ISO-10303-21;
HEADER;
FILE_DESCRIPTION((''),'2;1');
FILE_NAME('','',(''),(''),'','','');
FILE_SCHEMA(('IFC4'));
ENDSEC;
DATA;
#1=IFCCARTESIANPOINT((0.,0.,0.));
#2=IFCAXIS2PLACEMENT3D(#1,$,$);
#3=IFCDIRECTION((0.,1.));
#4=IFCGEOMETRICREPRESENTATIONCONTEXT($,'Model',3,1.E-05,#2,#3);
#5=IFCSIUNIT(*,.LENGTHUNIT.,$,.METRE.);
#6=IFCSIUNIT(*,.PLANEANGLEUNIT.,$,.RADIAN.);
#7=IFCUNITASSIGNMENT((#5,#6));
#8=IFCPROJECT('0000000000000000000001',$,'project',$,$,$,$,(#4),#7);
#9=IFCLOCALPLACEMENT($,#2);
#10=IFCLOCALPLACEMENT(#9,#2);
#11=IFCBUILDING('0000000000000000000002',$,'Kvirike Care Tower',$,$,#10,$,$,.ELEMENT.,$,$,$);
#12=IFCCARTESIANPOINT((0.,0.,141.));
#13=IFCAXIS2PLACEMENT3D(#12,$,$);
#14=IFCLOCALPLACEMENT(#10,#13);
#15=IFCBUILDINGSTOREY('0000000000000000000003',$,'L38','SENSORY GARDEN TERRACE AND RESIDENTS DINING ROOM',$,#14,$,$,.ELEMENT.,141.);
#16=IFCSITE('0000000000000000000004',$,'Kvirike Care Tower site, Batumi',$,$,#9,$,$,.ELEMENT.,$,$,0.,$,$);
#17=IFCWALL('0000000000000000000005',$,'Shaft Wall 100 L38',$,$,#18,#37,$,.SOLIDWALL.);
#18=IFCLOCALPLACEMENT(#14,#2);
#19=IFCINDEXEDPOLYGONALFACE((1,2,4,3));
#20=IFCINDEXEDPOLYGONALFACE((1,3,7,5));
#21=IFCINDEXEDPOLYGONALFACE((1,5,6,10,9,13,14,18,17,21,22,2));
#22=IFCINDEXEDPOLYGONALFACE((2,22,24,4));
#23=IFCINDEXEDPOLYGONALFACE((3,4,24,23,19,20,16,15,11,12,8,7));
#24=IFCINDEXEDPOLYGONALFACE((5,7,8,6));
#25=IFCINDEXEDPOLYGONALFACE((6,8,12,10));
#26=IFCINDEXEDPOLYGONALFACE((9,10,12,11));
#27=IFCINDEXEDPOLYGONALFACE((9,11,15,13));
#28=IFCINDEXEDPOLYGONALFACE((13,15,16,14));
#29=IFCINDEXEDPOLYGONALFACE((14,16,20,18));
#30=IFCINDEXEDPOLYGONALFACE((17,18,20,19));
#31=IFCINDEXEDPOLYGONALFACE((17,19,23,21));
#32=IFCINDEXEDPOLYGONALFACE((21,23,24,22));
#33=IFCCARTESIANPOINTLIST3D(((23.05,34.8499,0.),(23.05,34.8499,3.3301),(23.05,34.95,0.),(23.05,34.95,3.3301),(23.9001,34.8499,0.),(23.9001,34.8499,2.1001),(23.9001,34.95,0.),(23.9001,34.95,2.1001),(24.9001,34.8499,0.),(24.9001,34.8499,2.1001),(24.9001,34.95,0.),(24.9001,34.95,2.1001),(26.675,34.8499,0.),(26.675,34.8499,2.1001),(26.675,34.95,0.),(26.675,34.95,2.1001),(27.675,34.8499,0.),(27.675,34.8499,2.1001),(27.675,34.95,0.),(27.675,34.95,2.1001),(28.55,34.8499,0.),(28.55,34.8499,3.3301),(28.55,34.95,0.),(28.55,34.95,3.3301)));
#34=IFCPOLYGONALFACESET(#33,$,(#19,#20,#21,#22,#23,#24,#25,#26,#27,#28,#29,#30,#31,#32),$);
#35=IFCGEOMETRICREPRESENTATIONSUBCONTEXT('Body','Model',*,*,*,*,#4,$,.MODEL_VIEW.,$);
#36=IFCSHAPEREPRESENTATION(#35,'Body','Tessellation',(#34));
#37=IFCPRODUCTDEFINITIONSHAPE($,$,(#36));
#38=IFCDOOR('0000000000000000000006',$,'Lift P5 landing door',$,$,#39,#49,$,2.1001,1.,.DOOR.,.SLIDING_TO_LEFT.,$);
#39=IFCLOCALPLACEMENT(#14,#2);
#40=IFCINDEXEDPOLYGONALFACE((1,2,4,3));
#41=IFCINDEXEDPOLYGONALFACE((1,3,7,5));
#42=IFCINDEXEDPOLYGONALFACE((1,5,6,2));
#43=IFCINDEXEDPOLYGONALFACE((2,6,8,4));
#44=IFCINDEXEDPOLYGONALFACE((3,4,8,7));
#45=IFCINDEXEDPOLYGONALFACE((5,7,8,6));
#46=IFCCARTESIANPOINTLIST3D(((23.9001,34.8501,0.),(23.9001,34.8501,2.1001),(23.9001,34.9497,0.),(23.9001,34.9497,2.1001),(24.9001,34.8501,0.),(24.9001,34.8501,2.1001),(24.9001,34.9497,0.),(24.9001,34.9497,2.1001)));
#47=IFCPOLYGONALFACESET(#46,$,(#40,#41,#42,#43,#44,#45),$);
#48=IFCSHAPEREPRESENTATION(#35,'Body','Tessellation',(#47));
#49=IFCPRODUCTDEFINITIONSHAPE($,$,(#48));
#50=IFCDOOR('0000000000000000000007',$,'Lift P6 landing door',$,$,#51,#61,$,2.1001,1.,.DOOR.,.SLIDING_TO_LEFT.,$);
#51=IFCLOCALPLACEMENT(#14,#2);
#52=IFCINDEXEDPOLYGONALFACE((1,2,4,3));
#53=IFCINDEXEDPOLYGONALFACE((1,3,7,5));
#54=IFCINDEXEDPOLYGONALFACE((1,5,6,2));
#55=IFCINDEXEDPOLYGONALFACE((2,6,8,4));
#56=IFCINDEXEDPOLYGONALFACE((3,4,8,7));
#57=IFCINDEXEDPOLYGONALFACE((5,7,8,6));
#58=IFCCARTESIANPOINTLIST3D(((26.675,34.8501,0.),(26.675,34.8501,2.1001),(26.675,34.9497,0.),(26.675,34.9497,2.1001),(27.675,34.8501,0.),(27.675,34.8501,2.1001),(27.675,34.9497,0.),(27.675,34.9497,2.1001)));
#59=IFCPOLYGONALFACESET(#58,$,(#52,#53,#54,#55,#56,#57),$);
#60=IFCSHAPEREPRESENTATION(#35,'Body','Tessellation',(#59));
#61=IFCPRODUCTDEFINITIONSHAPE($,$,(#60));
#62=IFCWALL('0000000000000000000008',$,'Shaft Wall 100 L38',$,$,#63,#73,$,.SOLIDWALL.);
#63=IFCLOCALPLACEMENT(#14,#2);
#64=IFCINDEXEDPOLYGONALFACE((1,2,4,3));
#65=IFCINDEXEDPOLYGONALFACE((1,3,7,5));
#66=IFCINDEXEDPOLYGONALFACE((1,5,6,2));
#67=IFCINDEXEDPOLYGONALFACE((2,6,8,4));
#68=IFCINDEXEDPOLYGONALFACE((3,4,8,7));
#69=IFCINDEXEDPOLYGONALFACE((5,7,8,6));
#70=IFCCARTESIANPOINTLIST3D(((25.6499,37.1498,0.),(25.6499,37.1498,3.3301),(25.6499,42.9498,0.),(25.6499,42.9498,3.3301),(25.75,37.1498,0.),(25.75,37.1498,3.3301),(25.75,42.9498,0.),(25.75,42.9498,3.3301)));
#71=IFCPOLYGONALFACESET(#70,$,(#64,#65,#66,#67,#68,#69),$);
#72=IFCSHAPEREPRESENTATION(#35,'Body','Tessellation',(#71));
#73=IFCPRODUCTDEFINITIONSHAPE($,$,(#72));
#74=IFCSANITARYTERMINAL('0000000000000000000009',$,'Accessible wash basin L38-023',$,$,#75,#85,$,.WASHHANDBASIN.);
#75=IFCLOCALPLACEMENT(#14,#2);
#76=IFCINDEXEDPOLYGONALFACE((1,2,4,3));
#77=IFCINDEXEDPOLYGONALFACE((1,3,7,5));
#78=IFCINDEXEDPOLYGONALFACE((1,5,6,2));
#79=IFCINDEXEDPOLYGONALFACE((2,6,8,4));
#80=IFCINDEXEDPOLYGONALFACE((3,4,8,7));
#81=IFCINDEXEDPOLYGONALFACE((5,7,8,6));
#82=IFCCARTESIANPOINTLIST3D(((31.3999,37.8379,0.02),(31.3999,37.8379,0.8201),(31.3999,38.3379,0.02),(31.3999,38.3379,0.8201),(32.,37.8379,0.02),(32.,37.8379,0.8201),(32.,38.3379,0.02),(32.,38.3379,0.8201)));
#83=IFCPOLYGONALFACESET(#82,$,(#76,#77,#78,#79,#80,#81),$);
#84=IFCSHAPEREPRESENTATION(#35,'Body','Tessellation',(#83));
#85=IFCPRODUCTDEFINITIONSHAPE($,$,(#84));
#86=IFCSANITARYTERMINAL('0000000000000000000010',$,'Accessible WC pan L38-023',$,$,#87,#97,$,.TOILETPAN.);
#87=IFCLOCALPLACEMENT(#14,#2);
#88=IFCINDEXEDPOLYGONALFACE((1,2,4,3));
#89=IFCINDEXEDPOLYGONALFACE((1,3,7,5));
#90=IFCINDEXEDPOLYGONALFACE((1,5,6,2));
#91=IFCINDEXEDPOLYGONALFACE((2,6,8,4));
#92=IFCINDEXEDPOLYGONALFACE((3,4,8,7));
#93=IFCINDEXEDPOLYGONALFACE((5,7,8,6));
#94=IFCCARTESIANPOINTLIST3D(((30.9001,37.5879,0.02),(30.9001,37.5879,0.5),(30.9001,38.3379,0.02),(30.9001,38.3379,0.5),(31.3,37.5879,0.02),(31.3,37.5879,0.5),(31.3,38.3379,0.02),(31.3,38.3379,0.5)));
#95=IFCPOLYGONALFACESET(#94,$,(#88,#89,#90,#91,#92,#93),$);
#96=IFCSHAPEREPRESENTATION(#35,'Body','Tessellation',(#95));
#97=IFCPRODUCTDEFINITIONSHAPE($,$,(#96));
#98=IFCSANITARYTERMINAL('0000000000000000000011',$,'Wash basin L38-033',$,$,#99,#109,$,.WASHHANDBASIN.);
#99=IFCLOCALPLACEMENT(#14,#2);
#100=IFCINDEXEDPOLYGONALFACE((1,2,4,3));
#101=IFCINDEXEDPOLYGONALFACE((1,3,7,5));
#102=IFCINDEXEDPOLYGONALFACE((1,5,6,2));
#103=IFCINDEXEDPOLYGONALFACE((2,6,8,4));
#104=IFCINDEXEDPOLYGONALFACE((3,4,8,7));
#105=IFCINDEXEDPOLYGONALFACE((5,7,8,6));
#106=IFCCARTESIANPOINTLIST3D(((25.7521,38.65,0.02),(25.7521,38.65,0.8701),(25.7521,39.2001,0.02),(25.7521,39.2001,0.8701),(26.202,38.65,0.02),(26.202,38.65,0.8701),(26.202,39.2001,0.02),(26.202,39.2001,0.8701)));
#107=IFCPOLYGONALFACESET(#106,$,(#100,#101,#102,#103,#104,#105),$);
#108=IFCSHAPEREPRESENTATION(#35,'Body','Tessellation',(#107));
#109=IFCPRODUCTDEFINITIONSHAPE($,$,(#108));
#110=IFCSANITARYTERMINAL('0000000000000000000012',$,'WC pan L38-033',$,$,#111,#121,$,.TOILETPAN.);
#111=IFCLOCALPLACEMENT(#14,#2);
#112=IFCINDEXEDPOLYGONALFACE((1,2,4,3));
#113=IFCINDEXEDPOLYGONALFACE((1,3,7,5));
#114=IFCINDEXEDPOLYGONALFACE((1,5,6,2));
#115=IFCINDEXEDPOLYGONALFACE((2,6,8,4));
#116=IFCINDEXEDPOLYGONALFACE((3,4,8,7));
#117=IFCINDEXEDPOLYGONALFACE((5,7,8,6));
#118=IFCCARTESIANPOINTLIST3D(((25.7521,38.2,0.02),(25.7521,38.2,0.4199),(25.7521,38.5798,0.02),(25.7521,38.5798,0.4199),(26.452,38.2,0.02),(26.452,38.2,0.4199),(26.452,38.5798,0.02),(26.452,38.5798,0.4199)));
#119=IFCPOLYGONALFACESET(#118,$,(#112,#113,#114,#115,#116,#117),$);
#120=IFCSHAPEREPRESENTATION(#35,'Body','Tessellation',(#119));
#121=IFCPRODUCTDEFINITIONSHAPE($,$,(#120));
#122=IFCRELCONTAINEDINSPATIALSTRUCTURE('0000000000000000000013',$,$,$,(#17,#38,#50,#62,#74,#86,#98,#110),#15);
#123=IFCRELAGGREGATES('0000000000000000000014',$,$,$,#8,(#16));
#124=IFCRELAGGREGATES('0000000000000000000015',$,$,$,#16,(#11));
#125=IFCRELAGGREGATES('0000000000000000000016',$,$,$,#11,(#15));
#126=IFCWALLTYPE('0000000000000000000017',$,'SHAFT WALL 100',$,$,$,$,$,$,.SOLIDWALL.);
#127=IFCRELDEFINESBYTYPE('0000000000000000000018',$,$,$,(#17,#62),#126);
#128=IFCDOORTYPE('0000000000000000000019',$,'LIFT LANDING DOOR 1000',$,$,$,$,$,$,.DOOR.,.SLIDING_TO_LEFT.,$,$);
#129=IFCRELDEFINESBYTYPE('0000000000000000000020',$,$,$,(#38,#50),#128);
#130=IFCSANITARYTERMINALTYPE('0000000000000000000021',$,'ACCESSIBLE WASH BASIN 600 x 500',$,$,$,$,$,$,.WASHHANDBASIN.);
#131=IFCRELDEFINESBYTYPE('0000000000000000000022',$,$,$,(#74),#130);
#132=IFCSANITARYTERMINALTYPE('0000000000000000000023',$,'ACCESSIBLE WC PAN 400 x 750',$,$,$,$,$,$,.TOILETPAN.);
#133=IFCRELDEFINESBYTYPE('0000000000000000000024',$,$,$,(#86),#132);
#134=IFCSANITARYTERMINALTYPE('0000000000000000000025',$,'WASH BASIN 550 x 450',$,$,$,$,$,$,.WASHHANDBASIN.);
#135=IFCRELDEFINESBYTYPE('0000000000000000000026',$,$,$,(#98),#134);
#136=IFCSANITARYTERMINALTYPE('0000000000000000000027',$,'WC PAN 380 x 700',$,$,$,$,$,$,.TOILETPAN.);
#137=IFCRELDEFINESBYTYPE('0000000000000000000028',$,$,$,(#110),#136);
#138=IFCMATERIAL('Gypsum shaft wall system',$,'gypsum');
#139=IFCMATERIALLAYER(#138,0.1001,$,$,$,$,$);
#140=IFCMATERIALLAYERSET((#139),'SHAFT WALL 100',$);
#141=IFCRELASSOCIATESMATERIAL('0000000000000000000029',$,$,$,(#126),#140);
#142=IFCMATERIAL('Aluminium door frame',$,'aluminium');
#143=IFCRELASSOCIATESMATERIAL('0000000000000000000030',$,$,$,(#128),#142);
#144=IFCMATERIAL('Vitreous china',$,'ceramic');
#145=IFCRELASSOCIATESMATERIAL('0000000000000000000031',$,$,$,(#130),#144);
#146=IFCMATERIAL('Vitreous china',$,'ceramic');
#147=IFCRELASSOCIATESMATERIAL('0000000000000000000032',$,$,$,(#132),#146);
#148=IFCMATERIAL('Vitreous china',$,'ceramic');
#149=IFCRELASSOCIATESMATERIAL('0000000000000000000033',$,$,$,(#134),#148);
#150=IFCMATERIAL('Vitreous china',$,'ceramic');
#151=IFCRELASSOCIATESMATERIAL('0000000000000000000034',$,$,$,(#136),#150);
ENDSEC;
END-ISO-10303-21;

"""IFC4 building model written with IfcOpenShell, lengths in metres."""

from ifc_helpers import new_model, si_unit, direction, frame, frame_2d, origin, origin_2d, place, context, subcontext, project, spatial, rectangle, extrude, material, layer, layer_set, type_object, element, fill, save


model = new_model("IFC4")

# Units and contexts
model_context = context("Model", 3, precision=1e-05, world=origin(), true_north=direction((0.0, 1.0)))
body_context = subcontext(model_context, "Body", "Model", "MODEL_VIEW")
ifc_project = project(units=[si_unit("LENGTHUNIT", "METRE"), si_unit("PLANEANGLEUNIT", "RADIAN")], contexts=[model_context])

# Site, building, storey
site_placement = place(None, origin())
site = spatial("IfcSite", under=ifc_project, at=site_placement, Name="Kvirike Care Tower site, Batumi", CompositionType="ELEMENT", RefElevation=0.0)
building_placement = place(site_placement, origin())
building = spatial("IfcBuilding", under=site, at=building_placement, Name="Kvirike Care Tower", CompositionType="ELEMENT")
storey_placement = place(building_placement, frame((0.0, 0.0, 141.0)))
storey = spatial("IfcBuildingStorey", under=building, at=storey_placement, Name="L38", Description="SENSORY GARDEN TERRACE AND RESIDENTS DINING ROOM", CompositionType="ELEMENT", Elevation=141.0)

# Shared definitions
ifc_material_1 = material(Name="Gypsum shaft wall system", Category="gypsum")
ifc_layer_1 = layer(ifc_material_1, 0.1001)
ifc_layer_set_1 = layer_set([ifc_layer_1], Name="SHAFT WALL 100")
wall_type_1 = type_object("IfcWallType", Name="SHAFT WALL 100", PredefinedType="SOLIDWALL", material=ifc_layer_set_1)

# Wall, openings, doors
wall_1_placement = place(storey_placement, frame((23.05, 34.8999, 0.0), z_axis=(0.0, 0.0, 1.0), x_axis=(1.0, 0.0, 0.0)))
wall_1 = element("IfcWall", 1, at=wall_1_placement, inside=storey, type_object=wall_type_1, Name="Shaft Wall 100 L38", PredefinedType="SOLIDWALL", context=body_context, shape_type="SweptSolid", body=[
    extrude(rectangle(XDim=5.5, YDim=0.1001, at=frame_2d((2.75, 0.0))), origin(), (0.0, 0.0, 1.0), 3.3301),
])
opening_1_placement = place(wall_1_placement, frame((0.8501, 0.0, 0.0)))
opening_1 = element("IfcOpeningElement", 2, at=opening_1_placement, cuts=wall_1, PredefinedType="OPENING", context=body_context, shape_type="SweptSolid", body=[
    extrude(rectangle(XDim=1.0, YDim=2.1001, at=frame_2d((0.5, 1.05))), frame((0.0, 0.0605, 0.0), z_axis=(0.0, -1.0, 0.0), x_axis=(1.0, 0.0, 0.0)), (0.0, 0.0, 1.0), 0.1211),
])
opening_2_placement = place(wall_1_placement, frame((3.625, 0.0, 0.0)))
opening_2 = element("IfcOpeningElement", 3, at=opening_2_placement, cuts=wall_1, PredefinedType="OPENING", context=body_context, shape_type="SweptSolid", body=[
    extrude(rectangle(XDim=1.0, YDim=2.1001, at=frame_2d((0.5, 1.05))), frame((0.0, 0.0605, 0.0), z_axis=(0.0, -1.0, 0.0), x_axis=(1.0, 0.0, 0.0)), (0.0, 0.0, 1.0), 0.1211),
])
ifc_material_2 = material(Name="Aluminium door frame", Category="aluminium")
door_type_1 = type_object("IfcDoorType", Name="LIFT LANDING DOOR 1000", OperationType="SLIDING_TO_LEFT", PredefinedType="DOOR", material=ifc_material_2)
door_1_placement = place(opening_1_placement, origin())
door_1 = element("IfcDoor", 4, at=door_1_placement, inside=storey, type_object=door_type_1, Name="Lift P5 landing door", OperationType="SLIDING_TO_LEFT", OverallHeight=2.1001, OverallWidth=1.0, PredefinedType="DOOR", context=body_context, shape_type="SweptSolid", body=[
    extrude(rectangle(XDim=1.0, YDim=2.1001, at=frame_2d((0.5, 1.05))), frame((0.0, 0.0498, 0.0), z_axis=(0.0, -1.0, 0.0), x_axis=(1.0, 0.0, 0.0)), (0.0, 0.0, 1.0), 0.0996),
])
fill(opening_1, door_1)
door_2_placement = place(opening_2_placement, origin())
door_2 = element("IfcDoor", 5, at=door_2_placement, inside=storey, type_object=door_type_1, Name="Lift P6 landing door", OperationType="SLIDING_TO_LEFT", OverallHeight=2.1001, OverallWidth=1.0, PredefinedType="DOOR", context=body_context, shape_type="SweptSolid", body=[
    extrude(rectangle(XDim=1.0, YDim=2.1001, at=frame_2d((0.5, 1.05))), frame((0.0, 0.0498, 0.0), z_axis=(0.0, -1.0, 0.0), x_axis=(1.0, 0.0, 0.0)), (0.0, 0.0, 1.0), 0.0996),
])
fill(opening_2, door_2)

# Wall
wall_2_placement = place(storey_placement, frame((25.7, 37.1499, 0.0), z_axis=(0.0, 0.0, 1.0), x_axis=(0.0, 1.0, 0.0)))
element("IfcWall", 6, at=wall_2_placement, inside=storey, type_object=wall_type_1, Name="Shaft Wall 100 L38", PredefinedType="SOLIDWALL", context=body_context, shape_type="SweptSolid", body=[
    extrude(rectangle(XDim=5.8, YDim=0.1001, at=frame_2d((2.8999, 0.0))), origin(), (0.0, 0.0, 1.0), 3.3301),
])

# Sanitary terminals
ifc_material_3 = material(Name="Vitreous china", Category="ceramic")
sanitary_terminal_type_1 = type_object("IfcSanitaryTerminalType", Name="ACCESSIBLE WASH BASIN 600 x 500", PredefinedType="WASHHANDBASIN", material=ifc_material_3)
sanitary_terminal_1_placement = place(storey_placement, frame((31.7, 38.0879, 0.02), z_axis=(0.0, 0.0, 1.0), x_axis=(1.0, 0.0, 0.0)))
element("IfcSanitaryTerminal", 7, at=sanitary_terminal_1_placement, inside=storey, type_object=sanitary_terminal_type_1, Name="Accessible wash basin L38-023", PredefinedType="WASHHANDBASIN", context=body_context, shape_type="SweptSolid", body=[
    extrude(rectangle(XDim=0.6001, YDim=0.5, at=origin_2d()), origin(), (0.0, 0.0, 1.0), 0.8),
])
ifc_material_4 = material(Name="Vitreous china", Category="ceramic")
sanitary_terminal_type_2 = type_object("IfcSanitaryTerminalType", Name="ACCESSIBLE WC PAN 400 x 750", PredefinedType="TOILETPAN", material=ifc_material_4)
sanitary_terminal_2_placement = place(storey_placement, frame((31.1001, 37.9629, 0.02), z_axis=(0.0, 0.0, 1.0), x_axis=(1.0, 0.0, 0.0)))
element("IfcSanitaryTerminal", 8, at=sanitary_terminal_2_placement, inside=storey, type_object=sanitary_terminal_type_2, Name="Accessible WC pan L38-023", PredefinedType="TOILETPAN", context=body_context, shape_type="SweptSolid", body=[
    extrude(rectangle(XDim=0.3999, YDim=0.75, at=origin_2d()), origin(), (0.0, 0.0, 1.0), 0.48),
])
ifc_material_5 = material(Name="Vitreous china", Category="ceramic")
sanitary_terminal_type_3 = type_object("IfcSanitaryTerminalType", Name="WASH BASIN 550 x 450", PredefinedType="WASHHANDBASIN", material=ifc_material_5)
sanitary_terminal_3_placement = place(storey_placement, frame((25.9771, 38.925, 0.02), z_axis=(0.0, 0.0, 1.0), x_axis=(0.0, 1.0, 0.0)))
element("IfcSanitaryTerminal", 9, at=sanitary_terminal_3_placement, inside=storey, type_object=sanitary_terminal_type_3, Name="Wash basin L38-033", PredefinedType="WASHHANDBASIN", context=body_context, shape_type="SweptSolid", body=[
    extrude(rectangle(XDim=0.55, YDim=0.45, at=origin_2d()), origin(), (0.0, 0.0, 1.0), 0.8501),
])
ifc_material_6 = material(Name="Vitreous china", Category="ceramic")
sanitary_terminal_type_4 = type_object("IfcSanitaryTerminalType", Name="WC PAN 380 x 700", PredefinedType="TOILETPAN", material=ifc_material_6)
sanitary_terminal_4_placement = place(storey_placement, frame((26.1021, 38.3899, 0.02), z_axis=(0.0, 0.0, 1.0), x_axis=(0.0, 1.0, 0.0)))
element("IfcSanitaryTerminal", 10, at=sanitary_terminal_4_placement, inside=storey, type_object=sanitary_terminal_type_4, Name="WC pan L38-033", PredefinedType="TOILETPAN", context=body_context, shape_type="SweptSolid", body=[
    extrude(rectangle(XDim=0.3799, YDim=0.7, at=origin_2d()), origin(), (0.0, 0.0, 1.0), 0.3999),
])

save(model, "model.ifc")
